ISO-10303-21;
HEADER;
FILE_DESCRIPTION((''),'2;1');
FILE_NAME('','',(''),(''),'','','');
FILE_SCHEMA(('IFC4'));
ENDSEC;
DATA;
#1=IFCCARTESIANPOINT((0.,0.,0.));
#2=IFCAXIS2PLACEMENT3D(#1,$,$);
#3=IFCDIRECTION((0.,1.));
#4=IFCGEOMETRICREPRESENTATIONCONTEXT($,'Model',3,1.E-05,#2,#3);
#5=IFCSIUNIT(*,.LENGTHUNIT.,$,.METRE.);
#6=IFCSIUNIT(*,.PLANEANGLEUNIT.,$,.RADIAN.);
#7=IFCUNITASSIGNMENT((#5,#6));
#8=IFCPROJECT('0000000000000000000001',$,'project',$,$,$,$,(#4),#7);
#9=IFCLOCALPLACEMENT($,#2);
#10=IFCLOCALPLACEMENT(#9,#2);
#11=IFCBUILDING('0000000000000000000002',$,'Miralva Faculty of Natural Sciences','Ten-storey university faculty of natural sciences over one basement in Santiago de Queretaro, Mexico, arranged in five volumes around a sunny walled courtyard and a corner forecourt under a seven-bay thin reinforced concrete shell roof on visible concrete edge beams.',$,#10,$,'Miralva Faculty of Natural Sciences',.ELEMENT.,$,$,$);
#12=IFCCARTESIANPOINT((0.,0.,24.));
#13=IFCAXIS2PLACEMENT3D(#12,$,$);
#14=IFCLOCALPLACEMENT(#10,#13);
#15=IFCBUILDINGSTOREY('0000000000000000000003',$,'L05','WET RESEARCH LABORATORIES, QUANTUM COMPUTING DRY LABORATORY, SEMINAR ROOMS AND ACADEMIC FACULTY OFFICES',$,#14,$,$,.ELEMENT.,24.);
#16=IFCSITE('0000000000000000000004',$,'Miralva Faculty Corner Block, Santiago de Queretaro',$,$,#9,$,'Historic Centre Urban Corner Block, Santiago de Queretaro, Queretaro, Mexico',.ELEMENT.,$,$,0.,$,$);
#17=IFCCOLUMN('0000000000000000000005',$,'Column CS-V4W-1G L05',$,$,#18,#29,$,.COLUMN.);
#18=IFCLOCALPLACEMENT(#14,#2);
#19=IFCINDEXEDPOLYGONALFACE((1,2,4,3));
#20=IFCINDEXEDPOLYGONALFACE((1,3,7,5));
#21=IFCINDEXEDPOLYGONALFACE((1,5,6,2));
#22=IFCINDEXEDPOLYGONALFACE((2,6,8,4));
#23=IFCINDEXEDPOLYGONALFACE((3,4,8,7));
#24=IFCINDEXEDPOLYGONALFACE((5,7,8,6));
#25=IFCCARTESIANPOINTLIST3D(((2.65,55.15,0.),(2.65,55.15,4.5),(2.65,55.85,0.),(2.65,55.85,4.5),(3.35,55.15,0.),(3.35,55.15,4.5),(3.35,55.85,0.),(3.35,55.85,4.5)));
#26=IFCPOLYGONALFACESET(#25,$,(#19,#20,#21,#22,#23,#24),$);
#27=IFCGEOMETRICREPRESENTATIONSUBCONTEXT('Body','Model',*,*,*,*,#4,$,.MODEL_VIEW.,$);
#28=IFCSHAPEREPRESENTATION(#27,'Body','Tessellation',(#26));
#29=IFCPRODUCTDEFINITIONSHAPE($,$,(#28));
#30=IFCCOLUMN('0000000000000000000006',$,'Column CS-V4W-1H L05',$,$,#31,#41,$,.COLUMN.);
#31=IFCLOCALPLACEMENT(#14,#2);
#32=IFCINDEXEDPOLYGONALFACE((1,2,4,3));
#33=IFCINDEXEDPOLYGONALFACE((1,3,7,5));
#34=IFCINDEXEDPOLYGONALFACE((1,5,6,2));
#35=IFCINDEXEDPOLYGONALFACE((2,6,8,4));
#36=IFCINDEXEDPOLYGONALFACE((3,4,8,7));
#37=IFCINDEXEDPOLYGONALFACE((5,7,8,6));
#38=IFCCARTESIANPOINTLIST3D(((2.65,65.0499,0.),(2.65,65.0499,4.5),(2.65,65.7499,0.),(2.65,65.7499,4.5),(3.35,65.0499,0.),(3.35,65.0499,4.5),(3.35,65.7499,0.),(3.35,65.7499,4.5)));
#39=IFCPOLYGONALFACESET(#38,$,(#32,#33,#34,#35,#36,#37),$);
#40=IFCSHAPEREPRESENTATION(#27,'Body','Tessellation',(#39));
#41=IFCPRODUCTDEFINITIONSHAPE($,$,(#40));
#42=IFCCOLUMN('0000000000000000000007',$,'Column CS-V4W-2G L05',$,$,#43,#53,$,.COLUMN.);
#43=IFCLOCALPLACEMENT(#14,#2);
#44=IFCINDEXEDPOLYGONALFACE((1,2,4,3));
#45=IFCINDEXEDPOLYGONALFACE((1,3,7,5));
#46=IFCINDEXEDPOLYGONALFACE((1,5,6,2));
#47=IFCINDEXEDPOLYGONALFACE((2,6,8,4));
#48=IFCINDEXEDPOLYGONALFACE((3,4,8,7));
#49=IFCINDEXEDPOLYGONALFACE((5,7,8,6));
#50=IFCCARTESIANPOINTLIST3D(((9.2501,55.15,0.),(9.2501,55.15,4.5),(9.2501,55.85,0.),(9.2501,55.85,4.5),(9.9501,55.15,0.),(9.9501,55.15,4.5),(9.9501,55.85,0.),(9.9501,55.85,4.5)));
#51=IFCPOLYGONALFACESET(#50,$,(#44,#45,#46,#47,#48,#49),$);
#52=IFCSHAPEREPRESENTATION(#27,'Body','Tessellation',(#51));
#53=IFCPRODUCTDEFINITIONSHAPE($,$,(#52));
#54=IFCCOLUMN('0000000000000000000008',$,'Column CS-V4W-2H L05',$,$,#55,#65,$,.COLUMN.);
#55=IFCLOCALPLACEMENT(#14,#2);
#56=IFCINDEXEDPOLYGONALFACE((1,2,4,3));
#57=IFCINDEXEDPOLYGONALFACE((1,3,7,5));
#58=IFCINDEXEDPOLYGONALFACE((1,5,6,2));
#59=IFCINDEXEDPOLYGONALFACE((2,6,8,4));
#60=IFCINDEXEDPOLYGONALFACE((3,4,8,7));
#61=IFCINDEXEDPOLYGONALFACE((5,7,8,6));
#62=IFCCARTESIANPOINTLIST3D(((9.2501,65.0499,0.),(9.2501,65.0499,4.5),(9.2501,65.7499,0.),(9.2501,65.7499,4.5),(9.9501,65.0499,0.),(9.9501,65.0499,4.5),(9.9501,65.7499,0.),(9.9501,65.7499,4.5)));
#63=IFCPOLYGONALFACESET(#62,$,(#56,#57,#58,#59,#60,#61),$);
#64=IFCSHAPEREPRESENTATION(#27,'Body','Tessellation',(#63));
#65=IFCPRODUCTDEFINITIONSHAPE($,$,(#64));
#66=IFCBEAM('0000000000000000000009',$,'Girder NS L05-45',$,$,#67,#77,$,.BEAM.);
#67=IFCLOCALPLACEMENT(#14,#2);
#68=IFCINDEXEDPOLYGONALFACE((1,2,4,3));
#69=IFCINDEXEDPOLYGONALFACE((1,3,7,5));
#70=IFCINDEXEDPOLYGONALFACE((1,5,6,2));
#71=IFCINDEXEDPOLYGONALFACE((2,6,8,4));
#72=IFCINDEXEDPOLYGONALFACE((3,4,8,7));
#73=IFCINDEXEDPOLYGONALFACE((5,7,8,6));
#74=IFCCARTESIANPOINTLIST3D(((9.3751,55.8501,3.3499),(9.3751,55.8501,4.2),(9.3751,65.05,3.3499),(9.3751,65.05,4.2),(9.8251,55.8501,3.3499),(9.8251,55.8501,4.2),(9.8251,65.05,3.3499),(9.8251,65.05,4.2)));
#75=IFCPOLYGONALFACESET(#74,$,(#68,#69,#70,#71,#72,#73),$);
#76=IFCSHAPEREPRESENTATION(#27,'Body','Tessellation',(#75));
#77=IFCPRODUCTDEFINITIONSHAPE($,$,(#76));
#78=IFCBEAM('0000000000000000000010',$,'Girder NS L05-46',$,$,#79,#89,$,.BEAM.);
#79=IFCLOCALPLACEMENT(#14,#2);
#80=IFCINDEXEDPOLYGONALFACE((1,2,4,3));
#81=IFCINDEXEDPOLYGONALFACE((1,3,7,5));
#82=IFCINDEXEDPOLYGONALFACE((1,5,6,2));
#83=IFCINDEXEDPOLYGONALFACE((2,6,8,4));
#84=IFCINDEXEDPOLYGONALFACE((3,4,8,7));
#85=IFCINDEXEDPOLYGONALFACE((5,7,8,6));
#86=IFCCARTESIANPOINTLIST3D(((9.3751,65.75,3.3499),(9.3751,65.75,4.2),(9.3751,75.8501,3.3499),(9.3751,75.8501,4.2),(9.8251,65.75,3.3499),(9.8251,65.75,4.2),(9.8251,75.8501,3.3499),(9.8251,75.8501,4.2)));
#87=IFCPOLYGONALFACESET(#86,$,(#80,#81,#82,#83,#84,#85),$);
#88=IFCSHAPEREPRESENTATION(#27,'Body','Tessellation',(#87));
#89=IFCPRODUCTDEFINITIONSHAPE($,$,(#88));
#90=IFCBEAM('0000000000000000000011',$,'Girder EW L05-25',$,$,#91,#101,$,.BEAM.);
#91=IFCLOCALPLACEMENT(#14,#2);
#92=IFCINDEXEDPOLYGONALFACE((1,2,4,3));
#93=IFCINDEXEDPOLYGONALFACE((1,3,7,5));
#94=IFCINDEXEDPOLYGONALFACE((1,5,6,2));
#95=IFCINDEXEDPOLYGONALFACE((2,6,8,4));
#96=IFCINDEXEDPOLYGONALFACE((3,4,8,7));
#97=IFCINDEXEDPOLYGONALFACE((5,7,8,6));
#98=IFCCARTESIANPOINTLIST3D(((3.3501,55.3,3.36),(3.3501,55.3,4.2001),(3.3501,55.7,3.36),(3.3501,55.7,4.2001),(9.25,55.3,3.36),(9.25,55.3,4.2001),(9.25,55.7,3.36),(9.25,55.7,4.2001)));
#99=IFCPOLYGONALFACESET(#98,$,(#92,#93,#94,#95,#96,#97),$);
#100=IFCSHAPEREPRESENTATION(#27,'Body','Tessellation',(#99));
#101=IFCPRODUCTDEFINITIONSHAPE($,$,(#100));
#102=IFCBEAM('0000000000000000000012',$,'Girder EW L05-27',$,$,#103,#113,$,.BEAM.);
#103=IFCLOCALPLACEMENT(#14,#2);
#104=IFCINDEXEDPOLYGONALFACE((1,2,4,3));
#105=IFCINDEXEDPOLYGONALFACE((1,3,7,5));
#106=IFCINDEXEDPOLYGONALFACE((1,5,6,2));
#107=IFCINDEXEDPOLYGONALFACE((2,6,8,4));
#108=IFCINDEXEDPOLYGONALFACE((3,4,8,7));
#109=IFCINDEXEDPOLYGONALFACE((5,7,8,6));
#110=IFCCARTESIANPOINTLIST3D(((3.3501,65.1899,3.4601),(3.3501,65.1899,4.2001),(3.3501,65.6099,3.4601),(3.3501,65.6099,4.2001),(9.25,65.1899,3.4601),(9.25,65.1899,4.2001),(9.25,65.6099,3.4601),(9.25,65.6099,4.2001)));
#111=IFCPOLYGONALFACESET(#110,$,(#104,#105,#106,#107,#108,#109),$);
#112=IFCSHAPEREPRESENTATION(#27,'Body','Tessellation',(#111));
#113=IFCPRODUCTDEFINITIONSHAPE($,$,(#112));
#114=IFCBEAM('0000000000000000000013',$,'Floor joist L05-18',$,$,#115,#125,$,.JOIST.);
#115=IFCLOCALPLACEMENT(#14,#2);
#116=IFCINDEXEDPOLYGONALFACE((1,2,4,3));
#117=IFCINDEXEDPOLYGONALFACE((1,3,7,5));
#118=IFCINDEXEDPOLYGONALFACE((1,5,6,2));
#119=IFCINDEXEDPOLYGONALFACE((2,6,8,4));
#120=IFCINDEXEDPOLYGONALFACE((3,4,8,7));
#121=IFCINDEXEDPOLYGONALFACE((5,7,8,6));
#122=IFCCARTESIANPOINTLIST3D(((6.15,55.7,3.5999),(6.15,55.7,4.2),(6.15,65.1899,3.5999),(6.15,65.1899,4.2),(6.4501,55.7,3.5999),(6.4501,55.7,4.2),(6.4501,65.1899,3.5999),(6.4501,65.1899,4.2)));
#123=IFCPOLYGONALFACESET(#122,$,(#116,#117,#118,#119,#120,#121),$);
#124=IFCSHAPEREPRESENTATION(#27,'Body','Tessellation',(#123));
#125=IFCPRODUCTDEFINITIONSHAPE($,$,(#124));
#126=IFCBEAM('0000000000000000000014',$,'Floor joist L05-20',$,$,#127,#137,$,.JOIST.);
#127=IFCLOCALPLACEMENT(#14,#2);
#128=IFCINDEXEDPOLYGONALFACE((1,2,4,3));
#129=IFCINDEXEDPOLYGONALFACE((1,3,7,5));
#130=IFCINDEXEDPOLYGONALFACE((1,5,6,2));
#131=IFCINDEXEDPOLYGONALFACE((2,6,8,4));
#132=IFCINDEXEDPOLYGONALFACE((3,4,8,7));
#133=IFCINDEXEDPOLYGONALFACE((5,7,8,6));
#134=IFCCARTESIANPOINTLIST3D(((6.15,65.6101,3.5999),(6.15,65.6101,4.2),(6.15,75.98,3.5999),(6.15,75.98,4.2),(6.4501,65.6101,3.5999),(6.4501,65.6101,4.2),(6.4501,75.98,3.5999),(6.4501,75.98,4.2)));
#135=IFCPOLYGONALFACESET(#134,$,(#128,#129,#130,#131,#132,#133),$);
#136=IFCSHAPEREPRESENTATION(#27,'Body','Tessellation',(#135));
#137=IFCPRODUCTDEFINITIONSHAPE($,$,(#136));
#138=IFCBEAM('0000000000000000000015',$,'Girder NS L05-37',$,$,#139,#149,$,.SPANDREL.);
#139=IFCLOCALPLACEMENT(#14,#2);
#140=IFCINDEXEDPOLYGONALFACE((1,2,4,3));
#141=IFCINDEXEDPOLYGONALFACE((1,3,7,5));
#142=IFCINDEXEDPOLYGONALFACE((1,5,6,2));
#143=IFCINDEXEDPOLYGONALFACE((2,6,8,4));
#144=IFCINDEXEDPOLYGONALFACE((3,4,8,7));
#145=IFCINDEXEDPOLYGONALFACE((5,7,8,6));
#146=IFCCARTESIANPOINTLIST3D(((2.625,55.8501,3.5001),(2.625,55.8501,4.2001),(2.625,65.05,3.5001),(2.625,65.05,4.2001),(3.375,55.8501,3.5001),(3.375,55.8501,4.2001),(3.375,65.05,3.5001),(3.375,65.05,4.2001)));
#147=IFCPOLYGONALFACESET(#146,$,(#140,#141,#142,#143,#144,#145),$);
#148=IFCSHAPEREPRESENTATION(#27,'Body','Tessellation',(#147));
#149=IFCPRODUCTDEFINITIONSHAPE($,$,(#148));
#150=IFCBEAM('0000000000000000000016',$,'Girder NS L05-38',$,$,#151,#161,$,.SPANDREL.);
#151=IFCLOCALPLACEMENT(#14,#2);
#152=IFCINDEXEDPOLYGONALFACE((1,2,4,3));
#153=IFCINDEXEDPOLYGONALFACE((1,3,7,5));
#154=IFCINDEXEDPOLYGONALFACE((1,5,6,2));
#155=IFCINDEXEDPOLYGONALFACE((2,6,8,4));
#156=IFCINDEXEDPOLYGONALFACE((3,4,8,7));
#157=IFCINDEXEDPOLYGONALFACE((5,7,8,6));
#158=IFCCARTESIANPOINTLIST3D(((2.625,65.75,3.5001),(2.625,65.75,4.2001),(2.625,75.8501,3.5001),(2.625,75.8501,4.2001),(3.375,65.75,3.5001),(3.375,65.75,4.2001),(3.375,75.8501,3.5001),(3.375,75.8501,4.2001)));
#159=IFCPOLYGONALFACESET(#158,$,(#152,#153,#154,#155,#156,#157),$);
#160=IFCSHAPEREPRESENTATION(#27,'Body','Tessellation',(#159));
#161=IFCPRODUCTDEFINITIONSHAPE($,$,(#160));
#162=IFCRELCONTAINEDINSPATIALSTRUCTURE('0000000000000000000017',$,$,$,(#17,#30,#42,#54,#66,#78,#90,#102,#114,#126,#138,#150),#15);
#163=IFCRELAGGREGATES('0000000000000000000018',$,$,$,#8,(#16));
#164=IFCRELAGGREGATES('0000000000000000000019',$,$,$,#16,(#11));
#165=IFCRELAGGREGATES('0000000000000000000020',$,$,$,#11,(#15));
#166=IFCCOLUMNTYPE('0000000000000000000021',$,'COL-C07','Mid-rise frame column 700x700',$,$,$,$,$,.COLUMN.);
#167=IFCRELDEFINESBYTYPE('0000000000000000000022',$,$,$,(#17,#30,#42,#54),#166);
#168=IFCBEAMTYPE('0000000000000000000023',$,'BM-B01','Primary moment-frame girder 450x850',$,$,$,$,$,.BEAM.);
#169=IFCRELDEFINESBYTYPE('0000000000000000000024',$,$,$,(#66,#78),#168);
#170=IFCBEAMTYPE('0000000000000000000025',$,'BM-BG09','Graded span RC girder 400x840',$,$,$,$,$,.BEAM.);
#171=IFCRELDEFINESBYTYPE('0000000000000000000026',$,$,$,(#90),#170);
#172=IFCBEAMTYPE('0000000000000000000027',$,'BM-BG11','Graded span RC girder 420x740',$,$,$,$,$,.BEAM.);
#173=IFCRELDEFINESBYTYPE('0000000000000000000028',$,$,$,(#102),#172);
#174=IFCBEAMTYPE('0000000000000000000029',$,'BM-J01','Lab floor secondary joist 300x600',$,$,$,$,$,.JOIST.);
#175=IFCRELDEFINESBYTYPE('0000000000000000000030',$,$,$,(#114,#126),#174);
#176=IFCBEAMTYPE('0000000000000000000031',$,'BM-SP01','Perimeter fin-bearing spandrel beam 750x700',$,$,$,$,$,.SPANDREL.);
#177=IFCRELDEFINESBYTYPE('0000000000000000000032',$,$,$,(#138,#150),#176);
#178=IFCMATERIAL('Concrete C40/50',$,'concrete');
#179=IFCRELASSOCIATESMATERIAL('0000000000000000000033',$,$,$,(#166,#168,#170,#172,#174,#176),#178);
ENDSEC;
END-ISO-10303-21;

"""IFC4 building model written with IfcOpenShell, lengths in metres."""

from ifc_helpers import new_model, si_unit, direction, frame, origin, origin_2d, place, context, subcontext, project, spatial, rectangle, extrude, material, material_profile, profile_set, type_object, element, save


model = new_model("IFC4")

# Units and contexts
model_context = context("Model", 3, precision=1e-05, world=origin(), true_north=direction((0.0, 1.0)))
body_context = subcontext(model_context, "Body", "Model", "MODEL_VIEW")
ifc_project = project(units=[si_unit("LENGTHUNIT", "METRE"), si_unit("PLANEANGLEUNIT", "RADIAN")], contexts=[model_context])

# Site, building, storey
site_placement = place(None, origin())
site = spatial("IfcSite", under=ifc_project, at=site_placement, Name="Miralva Faculty Corner Block, Santiago de Queretaro", LongName="Historic Centre Urban Corner Block, Santiago de Queretaro, Queretaro, Mexico", CompositionType="ELEMENT", RefElevation=0.0)
building_placement = place(site_placement, origin())
building = spatial("IfcBuilding", under=site, at=building_placement, Name="Miralva Faculty of Natural Sciences", Description="Ten-storey university faculty of natural sciences over one basement in Santiago de Queretaro, Mexico, arranged in five volumes around a sunny walled courtyard and a corner forecourt under a seven-bay thin reinforced concrete shell roof on visible concrete edge beams.", LongName="Miralva Faculty of Natural Sciences", CompositionType="ELEMENT")
storey_placement = place(building_placement, frame((0.0, 0.0, 24.0)))
storey = spatial("IfcBuildingStorey", under=building, at=storey_placement, Name="L05", Description="WET RESEARCH LABORATORIES, QUANTUM COMPUTING DRY LABORATORY, SEMINAR ROOMS AND ACADEMIC FACULTY OFFICES", CompositionType="ELEMENT", Elevation=24.0)

# Columns
ifc_material_1 = material(Name="Concrete C40/50", Category="concrete")
ifc_material_profile_1 = material_profile(ifc_material_1, rectangle(XDim=0.7, YDim=0.7, at=origin_2d()), Name="RC 700x700")
ifc_profile_set_1 = profile_set([ifc_material_profile_1], Name="Concrete C40/50")
column_type = type_object("IfcColumnType", Name="COL-C07", Description="Mid-rise frame column 700x700", PredefinedType="COLUMN", material=ifc_profile_set_1)
for number, where, z_axis, x_axis, name in (
    (1, (3.0, 55.5, 0.0), (0.0, 0.0, 1.0), (1.0, 0.0, 0.0), "Column CS-V4W-1G L05"),
    (2, (3.0, 65.3999, 0.0), (0.0, 0.0, 1.0), (1.0, 0.0, 0.0), "Column CS-V4W-1H L05"),
    (3, (9.6001, 55.5, 0.0), (0.0, 0.0, 1.0), (1.0, 0.0, 0.0), "Column CS-V4W-2G L05"),
    (4, (9.6001, 65.3999, 0.0), (0.0, 0.0, 1.0), (1.0, 0.0, 0.0), "Column CS-V4W-2H L05"),
):
    element("IfcColumn", number, at=place(storey_placement, frame(where, z_axis=z_axis, x_axis=x_axis)), inside=storey, type_object=column_type, Name=name, PredefinedType="COLUMN", context=body_context, shape_type="SweptSolid", body=[
        extrude(rectangle(XDim=0.7, YDim=0.7, at=origin_2d()), origin(), (0.0, 0.0, 1.0), 4.5),
    ])

# Beams
ifc_material_profile_2 = material_profile(ifc_material_1, rectangle(XDim=0.45, YDim=0.8501, at=origin_2d()), Name="RC 450x850")
ifc_profile_set_2 = profile_set([ifc_material_profile_2], Name="Concrete C40/50")
beam_type_1 = type_object("IfcBeamType", Name="BM-B01", Description="Primary moment-frame girder 450x850", PredefinedType="BEAM", material=ifc_profile_set_2)
beam_1_placement = place(storey_placement, frame((9.6001, 55.8501, 3.7749), z_axis=(0.0, 1.0, 0.0), x_axis=(-1.0, 0.0, 0.0)))
element("IfcBeam", 5, at=beam_1_placement, inside=storey, type_object=beam_type_1, Name="Girder NS L05-45", PredefinedType="BEAM", context=body_context, shape_type="SweptSolid", body=[
    extrude(rectangle(XDim=0.45, YDim=0.8501, at=origin_2d()), origin(), (0.0, 0.0, 1.0), 9.2),
])
beam_2_placement = place(storey_placement, frame((9.6001, 65.75, 3.7749), z_axis=(0.0, 1.0, 0.0), x_axis=(-1.0, 0.0, 0.0)))
element("IfcBeam", 6, at=beam_2_placement, inside=storey, type_object=beam_type_1, Name="Girder NS L05-46", PredefinedType="BEAM", context=body_context, shape_type="SweptSolid", body=[
    extrude(rectangle(XDim=0.45, YDim=0.8501, at=origin_2d()), origin(), (0.0, 0.0, 1.0), 10.1001),
])
ifc_material_profile_3 = material_profile(ifc_material_1, rectangle(XDim=0.3999, YDim=0.8401, at=origin_2d()), Name="RC 400x840")
ifc_profile_set_3 = profile_set([ifc_material_profile_3], Name="Concrete C40/50")
beam_type_2 = type_object("IfcBeamType", Name="BM-BG09", Description="Graded span RC girder 400x840", PredefinedType="BEAM", material=ifc_profile_set_3)
beam_3_placement = place(storey_placement, frame((3.3501, 55.5, 3.78), z_axis=(1.0, 0.0, 0.0), x_axis=(0.0, 1.0, 0.0)))
element("IfcBeam", 7, at=beam_3_placement, inside=storey, type_object=beam_type_2, Name="Girder EW L05-25", PredefinedType="BEAM", context=body_context, shape_type="SweptSolid", body=[
    extrude(rectangle(XDim=0.3999, YDim=0.8401, at=origin_2d()), origin(), (0.0, 0.0, 1.0), 5.8999),
])
ifc_material_profile_4 = material_profile(ifc_material_1, rectangle(XDim=0.4199, YDim=0.74, at=origin_2d()), Name="RC 420x740")
ifc_profile_set_4 = profile_set([ifc_material_profile_4], Name="Concrete C40/50")
beam_type_3 = type_object("IfcBeamType", Name="BM-BG11", Description="Graded span RC girder 420x740", PredefinedType="BEAM", material=ifc_profile_set_4)
beam_4_placement = place(storey_placement, frame((3.3501, 65.3999, 3.8301), z_axis=(1.0, 0.0, 0.0), x_axis=(0.0, 1.0, 0.0)))
element("IfcBeam", 8, at=beam_4_placement, inside=storey, type_object=beam_type_3, Name="Girder EW L05-27", PredefinedType="BEAM", context=body_context, shape_type="SweptSolid", body=[
    extrude(rectangle(XDim=0.4199, YDim=0.74, at=origin_2d()), origin(), (0.0, 0.0, 1.0), 5.8999),
])
ifc_material_profile_5 = material_profile(ifc_material_1, rectangle(XDim=0.3, YDim=0.6001, at=origin_2d()), Name="RC 300x600")
ifc_profile_set_5 = profile_set([ifc_material_profile_5], Name="Concrete C40/50")
beam_type_4 = type_object("IfcBeamType", Name="BM-J01", Description="Lab floor secondary joist 300x600", PredefinedType="JOIST", material=ifc_profile_set_5)
beam_5_placement = place(storey_placement, frame((6.3, 55.7, 3.8999), z_axis=(0.0, 1.0, 0.0), x_axis=(-1.0, 0.0, 0.0)))
element("IfcBeam", 9, at=beam_5_placement, inside=storey, type_object=beam_type_4, Name="Floor joist L05-18", PredefinedType="JOIST", context=body_context, shape_type="SweptSolid", body=[
    extrude(rectangle(XDim=0.3, YDim=0.6001, at=origin_2d()), origin(), (0.0, 0.0, 1.0), 9.49),
])
beam_6_placement = place(storey_placement, frame((6.3, 65.6101, 3.8999), z_axis=(0.0, 1.0, 0.0), x_axis=(-1.0, 0.0, 0.0)))
element("IfcBeam", 10, at=beam_6_placement, inside=storey, type_object=beam_type_4, Name="Floor joist L05-20", PredefinedType="JOIST", context=body_context, shape_type="SweptSolid", body=[
    extrude(rectangle(XDim=0.3, YDim=0.6001, at=origin_2d()), origin(), (0.0, 0.0, 1.0), 10.3699),
])
ifc_material_profile_6 = material_profile(ifc_material_1, rectangle(XDim=0.75, YDim=0.7, at=origin_2d()), Name="RC 750x700")
ifc_profile_set_6 = profile_set([ifc_material_profile_6], Name="Concrete C40/50")
beam_type_5 = type_object("IfcBeamType", Name="BM-SP01", Description="Perimeter fin-bearing spandrel beam 750x700", PredefinedType="SPANDREL", material=ifc_profile_set_6)
beam_7_placement = place(storey_placement, frame((3.0, 55.8501, 3.8501), z_axis=(0.0, 1.0, 0.0), x_axis=(-1.0, 0.0, 0.0)))
element("IfcBeam", 11, at=beam_7_placement, inside=storey, type_object=beam_type_5, Name="Girder NS L05-37", PredefinedType="SPANDREL", context=body_context, shape_type="SweptSolid", body=[
    extrude(rectangle(XDim=0.75, YDim=0.7, at=origin_2d()), origin(), (0.0, 0.0, 1.0), 9.2),
])
beam_8_placement = place(storey_placement, frame((3.0, 65.75, 3.8501), z_axis=(0.0, 1.0, 0.0), x_axis=(-1.0, 0.0, 0.0)))
element("IfcBeam", 12, at=beam_8_placement, inside=storey, type_object=beam_type_5, Name="Girder NS L05-38", PredefinedType="SPANDREL", context=body_context, shape_type="SweptSolid", body=[
    extrude(rectangle(XDim=0.75, YDim=0.7, at=origin_2d()), origin(), (0.0, 0.0, 1.0), 10.1001),
])

save(model, "model.ifc")
